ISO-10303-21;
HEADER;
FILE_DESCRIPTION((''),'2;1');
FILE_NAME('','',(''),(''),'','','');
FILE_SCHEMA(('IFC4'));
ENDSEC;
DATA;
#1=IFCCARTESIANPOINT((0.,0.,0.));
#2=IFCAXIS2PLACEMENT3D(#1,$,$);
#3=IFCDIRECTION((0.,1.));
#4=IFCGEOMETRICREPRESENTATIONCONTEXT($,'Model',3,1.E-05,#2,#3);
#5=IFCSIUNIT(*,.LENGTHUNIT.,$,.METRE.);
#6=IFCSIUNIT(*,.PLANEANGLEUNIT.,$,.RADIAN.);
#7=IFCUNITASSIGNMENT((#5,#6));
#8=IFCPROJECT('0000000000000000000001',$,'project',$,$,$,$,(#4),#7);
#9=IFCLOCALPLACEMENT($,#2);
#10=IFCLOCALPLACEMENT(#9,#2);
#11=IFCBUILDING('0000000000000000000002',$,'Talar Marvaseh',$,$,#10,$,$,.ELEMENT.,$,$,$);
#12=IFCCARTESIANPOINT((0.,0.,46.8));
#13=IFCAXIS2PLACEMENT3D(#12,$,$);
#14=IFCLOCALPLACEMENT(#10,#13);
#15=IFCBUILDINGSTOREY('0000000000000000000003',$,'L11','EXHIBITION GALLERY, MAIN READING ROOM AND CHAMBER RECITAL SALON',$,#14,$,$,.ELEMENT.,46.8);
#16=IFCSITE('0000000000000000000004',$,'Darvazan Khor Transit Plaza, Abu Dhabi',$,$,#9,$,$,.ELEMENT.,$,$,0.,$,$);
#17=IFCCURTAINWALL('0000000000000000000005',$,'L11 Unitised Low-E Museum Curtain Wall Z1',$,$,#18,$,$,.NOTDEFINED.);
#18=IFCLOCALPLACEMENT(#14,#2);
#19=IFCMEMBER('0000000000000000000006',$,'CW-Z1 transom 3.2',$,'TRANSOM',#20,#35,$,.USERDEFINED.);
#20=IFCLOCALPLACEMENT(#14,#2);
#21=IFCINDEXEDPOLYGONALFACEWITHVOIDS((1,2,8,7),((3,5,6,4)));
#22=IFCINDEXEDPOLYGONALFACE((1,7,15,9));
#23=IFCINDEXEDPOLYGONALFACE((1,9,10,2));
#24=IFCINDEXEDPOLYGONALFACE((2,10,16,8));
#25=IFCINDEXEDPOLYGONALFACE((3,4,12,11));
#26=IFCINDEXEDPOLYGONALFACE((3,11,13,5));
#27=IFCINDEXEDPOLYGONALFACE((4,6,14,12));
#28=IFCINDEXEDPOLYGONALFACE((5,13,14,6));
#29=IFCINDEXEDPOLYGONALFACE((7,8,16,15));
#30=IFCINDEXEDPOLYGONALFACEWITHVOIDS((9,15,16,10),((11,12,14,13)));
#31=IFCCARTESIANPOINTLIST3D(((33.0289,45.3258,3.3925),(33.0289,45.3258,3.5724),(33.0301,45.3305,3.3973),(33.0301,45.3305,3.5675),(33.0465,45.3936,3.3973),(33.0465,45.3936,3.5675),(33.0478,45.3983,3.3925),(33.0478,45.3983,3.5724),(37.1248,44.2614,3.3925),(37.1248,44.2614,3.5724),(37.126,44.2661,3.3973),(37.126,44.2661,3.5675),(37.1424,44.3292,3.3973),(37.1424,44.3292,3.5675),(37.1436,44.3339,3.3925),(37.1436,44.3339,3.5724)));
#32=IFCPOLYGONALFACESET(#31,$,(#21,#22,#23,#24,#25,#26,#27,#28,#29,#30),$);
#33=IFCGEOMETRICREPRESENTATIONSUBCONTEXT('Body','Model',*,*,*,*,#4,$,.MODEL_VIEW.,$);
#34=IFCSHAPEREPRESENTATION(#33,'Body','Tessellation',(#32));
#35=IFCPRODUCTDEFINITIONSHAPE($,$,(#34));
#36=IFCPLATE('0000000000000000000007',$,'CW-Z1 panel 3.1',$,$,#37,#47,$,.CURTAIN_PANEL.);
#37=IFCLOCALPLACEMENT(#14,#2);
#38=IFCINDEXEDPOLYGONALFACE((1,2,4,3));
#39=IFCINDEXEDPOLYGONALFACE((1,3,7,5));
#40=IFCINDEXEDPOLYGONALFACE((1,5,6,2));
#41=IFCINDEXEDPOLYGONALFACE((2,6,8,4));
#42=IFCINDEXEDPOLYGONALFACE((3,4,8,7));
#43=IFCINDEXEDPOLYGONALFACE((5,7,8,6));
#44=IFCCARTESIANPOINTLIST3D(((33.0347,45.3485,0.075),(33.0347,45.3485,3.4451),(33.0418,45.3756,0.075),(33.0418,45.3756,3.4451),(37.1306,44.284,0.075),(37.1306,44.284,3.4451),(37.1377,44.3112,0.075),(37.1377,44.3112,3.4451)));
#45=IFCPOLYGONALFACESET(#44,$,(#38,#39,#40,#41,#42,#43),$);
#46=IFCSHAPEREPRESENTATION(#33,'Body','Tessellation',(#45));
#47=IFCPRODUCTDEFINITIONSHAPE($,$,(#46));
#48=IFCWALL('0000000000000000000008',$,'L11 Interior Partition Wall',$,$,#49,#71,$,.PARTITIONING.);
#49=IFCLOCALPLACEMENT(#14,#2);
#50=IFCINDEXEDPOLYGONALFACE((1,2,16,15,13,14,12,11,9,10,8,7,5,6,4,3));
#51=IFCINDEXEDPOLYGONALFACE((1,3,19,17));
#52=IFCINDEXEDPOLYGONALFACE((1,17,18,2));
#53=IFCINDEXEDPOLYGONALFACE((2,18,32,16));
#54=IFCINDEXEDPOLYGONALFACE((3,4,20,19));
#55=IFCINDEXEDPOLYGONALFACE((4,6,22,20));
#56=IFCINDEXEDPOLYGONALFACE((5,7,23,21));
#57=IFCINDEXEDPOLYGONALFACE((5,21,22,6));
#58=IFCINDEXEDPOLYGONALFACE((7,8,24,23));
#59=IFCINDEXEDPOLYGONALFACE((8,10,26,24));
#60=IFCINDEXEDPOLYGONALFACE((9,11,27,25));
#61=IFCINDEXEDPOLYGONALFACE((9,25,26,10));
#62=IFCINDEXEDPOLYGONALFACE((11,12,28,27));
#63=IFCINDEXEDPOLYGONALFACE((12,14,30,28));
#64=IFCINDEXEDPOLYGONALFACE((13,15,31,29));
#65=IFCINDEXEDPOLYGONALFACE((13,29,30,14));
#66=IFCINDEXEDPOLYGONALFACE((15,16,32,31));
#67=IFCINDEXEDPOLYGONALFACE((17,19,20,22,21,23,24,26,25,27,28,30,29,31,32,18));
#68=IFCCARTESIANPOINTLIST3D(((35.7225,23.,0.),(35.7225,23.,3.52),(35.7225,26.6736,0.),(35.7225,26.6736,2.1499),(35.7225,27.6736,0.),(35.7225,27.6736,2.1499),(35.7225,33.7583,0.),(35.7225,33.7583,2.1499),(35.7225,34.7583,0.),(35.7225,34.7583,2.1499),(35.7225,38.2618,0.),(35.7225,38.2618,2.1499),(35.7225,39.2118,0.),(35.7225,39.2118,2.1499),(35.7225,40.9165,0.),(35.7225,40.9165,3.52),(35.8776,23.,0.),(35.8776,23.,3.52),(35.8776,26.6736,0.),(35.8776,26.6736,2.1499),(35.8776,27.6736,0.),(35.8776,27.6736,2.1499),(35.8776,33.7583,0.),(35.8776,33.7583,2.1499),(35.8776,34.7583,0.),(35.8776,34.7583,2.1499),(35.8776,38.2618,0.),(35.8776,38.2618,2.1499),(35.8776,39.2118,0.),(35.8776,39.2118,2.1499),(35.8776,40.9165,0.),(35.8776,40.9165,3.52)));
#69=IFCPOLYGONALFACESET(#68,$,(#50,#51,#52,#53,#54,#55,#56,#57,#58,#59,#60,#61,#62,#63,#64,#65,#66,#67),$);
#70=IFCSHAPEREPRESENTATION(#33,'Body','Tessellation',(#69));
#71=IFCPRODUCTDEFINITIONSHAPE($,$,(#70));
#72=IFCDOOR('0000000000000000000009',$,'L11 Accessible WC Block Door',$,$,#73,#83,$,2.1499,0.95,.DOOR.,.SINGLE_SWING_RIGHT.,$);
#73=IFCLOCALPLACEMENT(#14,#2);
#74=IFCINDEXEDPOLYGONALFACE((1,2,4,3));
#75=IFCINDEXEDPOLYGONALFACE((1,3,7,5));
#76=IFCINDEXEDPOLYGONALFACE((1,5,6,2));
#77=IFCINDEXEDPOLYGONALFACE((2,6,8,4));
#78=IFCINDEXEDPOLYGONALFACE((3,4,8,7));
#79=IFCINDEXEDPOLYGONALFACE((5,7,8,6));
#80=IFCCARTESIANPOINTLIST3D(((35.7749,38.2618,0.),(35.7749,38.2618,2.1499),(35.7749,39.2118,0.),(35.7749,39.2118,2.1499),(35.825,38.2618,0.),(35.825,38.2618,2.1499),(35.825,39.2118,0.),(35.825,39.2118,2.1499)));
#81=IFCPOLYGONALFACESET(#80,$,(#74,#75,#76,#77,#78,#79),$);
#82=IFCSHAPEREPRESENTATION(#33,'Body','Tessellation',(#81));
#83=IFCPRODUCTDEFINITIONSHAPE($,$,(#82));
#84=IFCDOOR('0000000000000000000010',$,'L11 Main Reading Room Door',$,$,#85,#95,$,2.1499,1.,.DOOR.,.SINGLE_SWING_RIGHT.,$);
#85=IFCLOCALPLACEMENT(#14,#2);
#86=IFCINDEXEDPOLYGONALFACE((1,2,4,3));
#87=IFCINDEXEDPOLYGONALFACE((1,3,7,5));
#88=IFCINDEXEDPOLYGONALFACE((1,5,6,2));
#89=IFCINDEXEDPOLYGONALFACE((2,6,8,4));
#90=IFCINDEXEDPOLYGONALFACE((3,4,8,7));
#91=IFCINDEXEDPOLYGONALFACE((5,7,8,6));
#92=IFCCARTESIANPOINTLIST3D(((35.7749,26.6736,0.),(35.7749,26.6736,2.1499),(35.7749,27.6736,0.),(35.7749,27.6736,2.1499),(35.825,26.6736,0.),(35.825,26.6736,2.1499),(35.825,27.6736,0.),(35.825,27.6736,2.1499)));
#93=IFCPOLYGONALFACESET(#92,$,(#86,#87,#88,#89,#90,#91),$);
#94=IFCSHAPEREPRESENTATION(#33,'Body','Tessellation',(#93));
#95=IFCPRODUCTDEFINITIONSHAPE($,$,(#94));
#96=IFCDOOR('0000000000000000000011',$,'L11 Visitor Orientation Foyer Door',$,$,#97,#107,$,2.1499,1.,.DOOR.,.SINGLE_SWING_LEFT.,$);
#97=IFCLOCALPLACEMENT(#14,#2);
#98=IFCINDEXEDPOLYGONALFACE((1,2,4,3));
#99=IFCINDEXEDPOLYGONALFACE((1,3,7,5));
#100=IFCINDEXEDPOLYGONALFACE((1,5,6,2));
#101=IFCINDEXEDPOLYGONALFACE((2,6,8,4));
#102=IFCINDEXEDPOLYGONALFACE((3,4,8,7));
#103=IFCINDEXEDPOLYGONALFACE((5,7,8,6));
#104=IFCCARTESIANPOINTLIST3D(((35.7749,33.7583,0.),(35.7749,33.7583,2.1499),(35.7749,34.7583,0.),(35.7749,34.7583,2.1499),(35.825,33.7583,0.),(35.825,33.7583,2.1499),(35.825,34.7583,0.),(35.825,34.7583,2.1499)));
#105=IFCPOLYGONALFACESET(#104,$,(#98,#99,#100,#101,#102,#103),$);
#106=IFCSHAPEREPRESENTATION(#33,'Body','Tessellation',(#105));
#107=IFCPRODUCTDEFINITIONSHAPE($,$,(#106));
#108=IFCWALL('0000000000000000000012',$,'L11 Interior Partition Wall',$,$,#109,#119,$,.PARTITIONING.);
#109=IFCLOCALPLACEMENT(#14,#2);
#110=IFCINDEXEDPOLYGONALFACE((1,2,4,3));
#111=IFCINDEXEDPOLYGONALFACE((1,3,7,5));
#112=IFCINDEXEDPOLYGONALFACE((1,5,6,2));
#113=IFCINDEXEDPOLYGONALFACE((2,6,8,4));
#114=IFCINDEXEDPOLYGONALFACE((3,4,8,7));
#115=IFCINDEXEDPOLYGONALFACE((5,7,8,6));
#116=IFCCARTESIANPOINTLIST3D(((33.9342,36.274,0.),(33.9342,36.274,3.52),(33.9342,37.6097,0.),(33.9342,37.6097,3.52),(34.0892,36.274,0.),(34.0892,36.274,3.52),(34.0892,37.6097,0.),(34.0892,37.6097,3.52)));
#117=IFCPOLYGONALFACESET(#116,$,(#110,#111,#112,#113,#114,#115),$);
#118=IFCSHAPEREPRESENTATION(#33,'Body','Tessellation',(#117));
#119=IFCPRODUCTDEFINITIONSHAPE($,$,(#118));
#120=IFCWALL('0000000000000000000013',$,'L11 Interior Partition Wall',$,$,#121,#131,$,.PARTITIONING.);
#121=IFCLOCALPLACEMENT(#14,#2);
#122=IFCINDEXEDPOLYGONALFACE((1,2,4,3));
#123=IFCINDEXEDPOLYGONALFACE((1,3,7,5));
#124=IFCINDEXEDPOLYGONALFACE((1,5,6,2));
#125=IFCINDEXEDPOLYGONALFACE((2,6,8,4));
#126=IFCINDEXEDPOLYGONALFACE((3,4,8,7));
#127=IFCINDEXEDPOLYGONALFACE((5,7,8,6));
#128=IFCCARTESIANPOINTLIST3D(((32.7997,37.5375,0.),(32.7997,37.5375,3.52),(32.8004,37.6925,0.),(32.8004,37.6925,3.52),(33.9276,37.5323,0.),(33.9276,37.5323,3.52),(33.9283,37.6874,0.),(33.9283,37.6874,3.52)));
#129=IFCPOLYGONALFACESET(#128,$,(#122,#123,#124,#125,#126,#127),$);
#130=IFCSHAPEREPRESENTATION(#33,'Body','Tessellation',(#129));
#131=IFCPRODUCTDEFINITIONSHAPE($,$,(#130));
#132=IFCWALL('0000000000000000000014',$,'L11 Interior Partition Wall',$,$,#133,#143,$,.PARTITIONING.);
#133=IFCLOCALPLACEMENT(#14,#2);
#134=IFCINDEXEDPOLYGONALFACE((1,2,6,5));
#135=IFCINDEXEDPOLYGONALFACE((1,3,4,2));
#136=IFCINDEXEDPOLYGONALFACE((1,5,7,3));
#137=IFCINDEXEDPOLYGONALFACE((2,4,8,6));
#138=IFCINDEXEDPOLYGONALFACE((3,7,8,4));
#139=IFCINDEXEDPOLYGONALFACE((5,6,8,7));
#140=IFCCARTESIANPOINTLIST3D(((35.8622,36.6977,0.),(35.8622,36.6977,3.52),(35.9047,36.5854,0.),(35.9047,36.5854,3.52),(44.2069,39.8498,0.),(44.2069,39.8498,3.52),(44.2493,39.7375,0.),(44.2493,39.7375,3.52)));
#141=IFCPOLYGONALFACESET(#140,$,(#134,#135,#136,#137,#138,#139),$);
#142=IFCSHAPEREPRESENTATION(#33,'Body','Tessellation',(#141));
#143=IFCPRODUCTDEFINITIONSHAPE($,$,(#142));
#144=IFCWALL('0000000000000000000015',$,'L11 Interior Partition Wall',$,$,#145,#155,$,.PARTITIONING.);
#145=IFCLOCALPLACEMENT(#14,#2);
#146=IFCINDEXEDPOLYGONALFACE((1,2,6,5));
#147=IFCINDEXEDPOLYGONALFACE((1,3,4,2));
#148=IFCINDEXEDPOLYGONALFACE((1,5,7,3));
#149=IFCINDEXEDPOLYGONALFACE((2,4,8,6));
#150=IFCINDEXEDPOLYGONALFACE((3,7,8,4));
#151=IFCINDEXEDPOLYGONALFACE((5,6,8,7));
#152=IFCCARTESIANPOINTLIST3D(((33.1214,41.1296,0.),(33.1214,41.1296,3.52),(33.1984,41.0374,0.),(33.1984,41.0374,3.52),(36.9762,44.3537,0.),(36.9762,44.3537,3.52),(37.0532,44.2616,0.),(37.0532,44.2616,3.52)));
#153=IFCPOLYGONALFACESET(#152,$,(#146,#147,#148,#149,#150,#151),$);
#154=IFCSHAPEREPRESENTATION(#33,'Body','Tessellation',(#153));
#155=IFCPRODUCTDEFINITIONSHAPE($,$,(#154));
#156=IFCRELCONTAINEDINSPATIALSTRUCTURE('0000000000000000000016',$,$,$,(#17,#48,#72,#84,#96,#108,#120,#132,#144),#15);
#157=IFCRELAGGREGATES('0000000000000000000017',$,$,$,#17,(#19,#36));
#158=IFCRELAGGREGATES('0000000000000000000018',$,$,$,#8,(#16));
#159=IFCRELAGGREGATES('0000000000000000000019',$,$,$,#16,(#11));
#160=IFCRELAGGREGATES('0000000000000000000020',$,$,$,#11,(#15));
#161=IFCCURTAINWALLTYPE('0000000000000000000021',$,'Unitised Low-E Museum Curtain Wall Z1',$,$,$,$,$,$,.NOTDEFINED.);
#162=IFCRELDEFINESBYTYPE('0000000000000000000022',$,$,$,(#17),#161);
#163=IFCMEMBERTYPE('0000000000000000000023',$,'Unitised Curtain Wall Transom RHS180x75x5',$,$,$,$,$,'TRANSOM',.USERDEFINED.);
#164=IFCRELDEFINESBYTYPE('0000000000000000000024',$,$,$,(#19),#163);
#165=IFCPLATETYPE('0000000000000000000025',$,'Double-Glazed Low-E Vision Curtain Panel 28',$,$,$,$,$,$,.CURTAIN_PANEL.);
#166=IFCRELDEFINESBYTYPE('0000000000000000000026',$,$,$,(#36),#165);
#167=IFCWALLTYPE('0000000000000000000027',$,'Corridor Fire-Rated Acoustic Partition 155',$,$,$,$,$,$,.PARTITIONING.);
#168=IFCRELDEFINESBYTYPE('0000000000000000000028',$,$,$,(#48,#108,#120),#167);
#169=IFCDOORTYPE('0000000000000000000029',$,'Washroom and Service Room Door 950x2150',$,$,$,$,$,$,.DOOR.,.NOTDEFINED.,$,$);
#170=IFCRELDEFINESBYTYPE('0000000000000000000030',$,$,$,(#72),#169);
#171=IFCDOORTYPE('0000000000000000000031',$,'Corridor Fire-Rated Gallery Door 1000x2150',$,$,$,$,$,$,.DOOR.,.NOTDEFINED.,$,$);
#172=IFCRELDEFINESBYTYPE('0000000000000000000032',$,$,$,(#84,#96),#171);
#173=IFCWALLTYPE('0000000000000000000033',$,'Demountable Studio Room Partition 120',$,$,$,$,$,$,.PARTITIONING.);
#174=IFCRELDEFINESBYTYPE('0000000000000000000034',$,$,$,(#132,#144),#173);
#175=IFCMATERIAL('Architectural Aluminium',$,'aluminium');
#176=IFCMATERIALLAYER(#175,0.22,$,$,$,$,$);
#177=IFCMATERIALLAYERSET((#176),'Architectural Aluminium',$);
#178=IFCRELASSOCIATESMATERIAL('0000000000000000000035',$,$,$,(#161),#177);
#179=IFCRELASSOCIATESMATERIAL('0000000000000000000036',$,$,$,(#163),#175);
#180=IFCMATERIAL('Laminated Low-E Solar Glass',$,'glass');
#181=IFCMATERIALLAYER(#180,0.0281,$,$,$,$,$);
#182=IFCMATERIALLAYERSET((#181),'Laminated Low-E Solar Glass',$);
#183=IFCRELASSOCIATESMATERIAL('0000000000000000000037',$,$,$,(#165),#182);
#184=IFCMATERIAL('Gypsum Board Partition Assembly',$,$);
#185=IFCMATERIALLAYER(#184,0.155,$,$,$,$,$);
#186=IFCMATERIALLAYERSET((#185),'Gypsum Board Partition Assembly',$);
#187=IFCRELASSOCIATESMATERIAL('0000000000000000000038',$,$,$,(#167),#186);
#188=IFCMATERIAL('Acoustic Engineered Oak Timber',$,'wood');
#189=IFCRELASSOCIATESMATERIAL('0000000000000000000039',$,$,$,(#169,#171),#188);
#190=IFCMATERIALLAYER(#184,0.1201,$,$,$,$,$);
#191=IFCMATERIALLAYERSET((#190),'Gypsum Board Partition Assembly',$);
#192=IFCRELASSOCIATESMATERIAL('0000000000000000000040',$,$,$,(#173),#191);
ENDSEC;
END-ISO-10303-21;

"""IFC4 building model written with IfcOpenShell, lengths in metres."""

from ifc_helpers import new_model, si_unit, direction, frame, frame_2d, origin, origin_2d, place, context, subcontext, project, spatial, rectangle, hollow_rectangle, extrude, source, transform, mapped, material, layer, layer_set, material_profile, profile_set, type_object, type_shapes, element, fill, aggregate, save


model = new_model("IFC4")

# Units and contexts
model_context = context("Model", 3, precision=1e-05, world=origin(), true_north=direction((0.0, 1.0)))
body_context = subcontext(model_context, "Body", "Model", "MODEL_VIEW")
ifc_project = project(units=[si_unit("LENGTHUNIT", "METRE"), si_unit("PLANEANGLEUNIT", "RADIAN")], contexts=[model_context])

# Site, building, storey
site_placement = place(None, origin())
site = spatial("IfcSite", under=ifc_project, at=site_placement, Name="Darvazan Khor Transit Plaza, Abu Dhabi", CompositionType="ELEMENT", RefElevation=0.0)
building_placement = place(site_placement, origin())
building = spatial("IfcBuilding", under=site, at=building_placement, Name="Talar Marvaseh", CompositionType="ELEMENT")
storey_placement = place(building_placement, frame((0.0, 0.0, 46.8)))
storey = spatial("IfcBuildingStorey", under=building, at=storey_placement, Name="L11", Description="EXHIBITION GALLERY, MAIN READING ROOM AND CHAMBER RECITAL SALON", CompositionType="ELEMENT", Elevation=46.8)

# Curtain wall, member, plate
ifc_material_1 = material(Name="Architectural Aluminium", Category="aluminium")
ifc_layer_1 = layer(ifc_material_1, 0.22)
ifc_layer_set_1 = layer_set([ifc_layer_1], Name="Architectural Aluminium")
curtain_wall_type = type_object("IfcCurtainWallType", Name="Unitised Low-E Museum Curtain Wall Z1", PredefinedType="NOTDEFINED", material=ifc_layer_set_1)
curtain_wall_placement = place(storey_placement, origin())
curtain_wall = element("IfcCurtainWall", 1, at=curtain_wall_placement, inside=storey, type_object=curtain_wall_type, Name="L11 Unitised Low-E Museum Curtain Wall Z1", PredefinedType="NOTDEFINED")
ifc_material_profile_1 = material_profile(ifc_material_1, hollow_rectangle(XDim=0.075, YDim=0.1799, WallThickness=0.0049, at=origin_2d()), Name="RHS180x75x5")
ifc_profile_set_1 = profile_set([ifc_material_profile_1], Name="Architectural Aluminium")
member_type_1 = type_object("IfcMemberType", Name="Unitised Curtain Wall Transom RHS180x75x5", ElementType="TRANSOM", PredefinedType="USERDEFINED", material=ifc_profile_set_1)
shared_shape_1 = source(origin(), body_context, "Body", "SweptSolid", [
    extrude(hollow_rectangle(XDim=0.075, YDim=0.1799, WallThickness=0.0049, at=origin_2d()), origin(), (0.0, 0.0, 1.0), 4.2319),
])
member_1_placement = place(storey_placement, frame((33.0383, 45.3621, 3.4824), z_axis=(0.967851, -0.251525, 0.0), x_axis=(0.251525, 0.967851, 0.0)))
member_1 = element("IfcMember", 2, at=member_1_placement, type_object=member_type_1, Name="CW-Z1 transom 3.2", ObjectType="TRANSOM", PredefinedType="USERDEFINED", context=body_context, shape_type="MappedRepresentation", body=[
    mapped(shared_shape_1, transform((0.0, 0.0, 0.0), x_axis=(1.0, 0.0, 0.0), y_axis=(0.0, 1.0, 0.0), z_axis=(0.0, 0.0, 1.0), scale=1.0)),
])
ifc_material_2 = material(Name="Laminated Low-E Solar Glass", Category="glass")
ifc_layer_2 = layer(ifc_material_2, 0.0281)
ifc_layer_set_2 = layer_set([ifc_layer_2], Name="Laminated Low-E Solar Glass")
plate_type = type_object("IfcPlateType", Name="Double-Glazed Low-E Vision Curtain Panel 28", PredefinedType="CURTAIN_PANEL", material=ifc_layer_set_2)
shared_shape_2 = source(origin(), body_context, "Body", "SweptSolid", [
    extrude(rectangle(XDim=4.2319, YDim=0.0281, at=origin_2d()), origin(), (0.0, 0.0, 1.0), 3.3701),
])
type_shapes(plate_type, [shared_shape_2])
plate_placement = place(storey_placement, frame((35.0862, 44.8298, 0.075), z_axis=(0.0, 0.0, 1.0), x_axis=(0.967851, -0.251525, 0.0)))
plate = element("IfcPlate", 3, at=plate_placement, type_object=plate_type, Name="CW-Z1 panel 3.1", PredefinedType="CURTAIN_PANEL", context=body_context, shape_type="MappedRepresentation", body=[
    mapped(shared_shape_2, transform((0.0, 0.0, 0.0), x_axis=(1.0, 0.0, 0.0), y_axis=(0.0, 1.0, 0.0), z_axis=(0.0, 0.0, 1.0), scale=1.0)),
])
aggregate(curtain_wall, [member_1, plate])

# Wall, openings, doors
ifc_material_3 = material(Name="Gypsum Board Partition Assembly")
ifc_layer_3 = layer(ifc_material_3, 0.155)
ifc_layer_set_3 = layer_set([ifc_layer_3], Name="Gypsum Board Partition Assembly")
wall_type_1 = type_object("IfcWallType", Name="Corridor Fire-Rated Acoustic Partition 155", PredefinedType="PARTITIONING", material=ifc_layer_set_3)
wall_1_placement = place(storey_placement, frame((35.8, 40.9165, 0.0), z_axis=(0.0, 0.0, 1.0), x_axis=(0.0, -1.0, 0.0)))
wall_1 = element("IfcWall", 4, at=wall_1_placement, inside=storey, type_object=wall_type_1, Name="L11 Interior Partition Wall", PredefinedType="PARTITIONING", context=body_context, shape_type="SweptSolid", body=[
    extrude(rectangle(XDim=17.9165, YDim=0.155, at=frame_2d((8.9583, 0.0))), origin(), (0.0, 0.0, 1.0), 3.52),
])
opening_1_placement = place(wall_1_placement, frame((13.2429, 0.0, 0.0)))
opening_1 = element("IfcOpeningElement", 5, at=opening_1_placement, cuts=wall_1, PredefinedType="OPENING", context=body_context, shape_type="SweptSolid", body=[
    extrude(rectangle(XDim=1.0, YDim=2.1499, at=frame_2d((0.5, 1.075))), frame((0.0, 0.0874, 0.0), z_axis=(0.0, -1.0, 0.0), x_axis=(1.0, 0.0, 0.0)), (0.0, 0.0, 1.0), 0.175),
])
opening_2_placement = place(wall_1_placement, frame((6.1582, 0.0, 0.0)))
opening_2 = element("IfcOpeningElement", 6, at=opening_2_placement, cuts=wall_1, PredefinedType="OPENING", context=body_context, shape_type="SweptSolid", body=[
    extrude(rectangle(XDim=1.0, YDim=2.1499, at=frame_2d((0.5, 1.075))), frame((0.0, 0.0874, 0.0), z_axis=(0.0, -1.0, 0.0), x_axis=(1.0, 0.0, 0.0)), (0.0, 0.0, 1.0), 0.175),
])
opening_3_placement = place(wall_1_placement, frame((1.7046, 0.0, 0.0)))
opening_3 = element("IfcOpeningElement", 7, at=opening_3_placement, cuts=wall_1, PredefinedType="OPENING", context=body_context, shape_type="SweptSolid", body=[
    extrude(rectangle(XDim=0.95, YDim=2.1499, at=frame_2d((0.4751, 1.075))), frame((0.0, 0.0874, 0.0), z_axis=(0.0, -1.0, 0.0), x_axis=(1.0, 0.0, 0.0)), (0.0, 0.0, 1.0), 0.175),
])
ifc_material_4 = material(Name="Acoustic Engineered Oak Timber", Category="wood")
door_type_1 = type_object("IfcDoorType", Name="Washroom and Service Room Door 950x2150", OperationType="NOTDEFINED", PredefinedType="DOOR", material=ifc_material_4)
shared_shape_3 = source(origin(), body_context, "Body", "SweptSolid", [
    extrude(rectangle(XDim=0.95, YDim=2.1499, at=frame_2d((0.4751, 1.075))), frame((0.0, 0.0249, 0.0), z_axis=(0.0, -1.0, 0.0), x_axis=(1.0, 0.0, 0.0)), (0.0, 0.0, 1.0), 0.05),
])
type_shapes(door_type_1, [shared_shape_3])
door_1_placement = place(opening_3_placement, origin())
door_1 = element("IfcDoor", 8, at=door_1_placement, inside=storey, type_object=door_type_1, Name="L11 Accessible WC Block Door", OperationType="SINGLE_SWING_RIGHT", OverallHeight=2.1499, OverallWidth=0.95, PredefinedType="DOOR", context=body_context, shape_type="MappedRepresentation", body=[
    mapped(shared_shape_3, transform((0.0, 0.0, 0.0), x_axis=(1.0, 0.0, 0.0), y_axis=(0.0, 1.0, 0.0), z_axis=(0.0, 0.0, 1.0), scale=1.0)),
])
fill(opening_3, door_1)
door_type_2 = type_object("IfcDoorType", Name="Corridor Fire-Rated Gallery Door 1000x2150", OperationType="NOTDEFINED", PredefinedType="DOOR", material=ifc_material_4)
shared_shape_4 = source(origin(), body_context, "Body", "SweptSolid", [
    extrude(rectangle(XDim=1.0, YDim=2.1499, at=frame_2d((0.5, 1.075))), frame((0.0, 0.0249, 0.0), z_axis=(0.0, -1.0, 0.0), x_axis=(1.0, 0.0, 0.0)), (0.0, 0.0, 1.0), 0.05),
])
type_shapes(door_type_2, [shared_shape_4])
door_2_placement = place(opening_1_placement, origin())
door_2 = element("IfcDoor", 9, at=door_2_placement, inside=storey, type_object=door_type_2, Name="L11 Main Reading Room Door", OperationType="SINGLE_SWING_RIGHT", OverallHeight=2.1499, OverallWidth=1.0, PredefinedType="DOOR", context=body_context, shape_type="MappedRepresentation", body=[
    mapped(shared_shape_4, transform((0.0, 0.0, 0.0), x_axis=(1.0, 0.0, 0.0), y_axis=(0.0, 1.0, 0.0), z_axis=(0.0, 0.0, 1.0), scale=1.0)),
])
fill(opening_1, door_2)
door_3_placement = place(opening_2_placement, origin())
door_3 = element("IfcDoor", 10, at=door_3_placement, inside=storey, type_object=door_type_2, Name="L11 Visitor Orientation Foyer Door", OperationType="SINGLE_SWING_LEFT", OverallHeight=2.1499, OverallWidth=1.0, PredefinedType="DOOR", context=body_context, shape_type="MappedRepresentation", body=[
    mapped(shared_shape_4, transform((0.0, 0.0, 0.0), x_axis=(1.0, 0.0, 0.0), y_axis=(0.0, 1.0, 0.0), z_axis=(0.0, 0.0, 1.0), scale=1.0)),
])
fill(opening_2, door_3)

# Walls
wall_2_placement = place(storey_placement, frame((34.0117, 36.2739, 0.0), z_axis=(0.0, 0.0, 1.0), x_axis=(0.0, 1.0, 0.0)))
element("IfcWall", 11, at=wall_2_placement, inside=storey, type_object=wall_type_1, Name="L11 Interior Partition Wall", PredefinedType="PARTITIONING", context=body_context, shape_type="SweptSolid", body=[
    extrude(rectangle(XDim=1.3357, YDim=0.155, at=frame_2d((0.668, 0.0))), origin(), (0.0, 0.0, 1.0), 3.52),
])
wall_3_placement = place(storey_placement, frame((33.928, 37.6099, 0.0), z_axis=(0.0, 0.0, 1.0), x_axis=(-0.99999, 0.004545, 0.0)))
element("IfcWall", 12, at=wall_3_placement, inside=storey, type_object=wall_type_1, Name="L11 Interior Partition Wall", PredefinedType="PARTITIONING", context=body_context, shape_type="SweptSolid", body=[
    extrude(rectangle(XDim=1.1279, YDim=0.155, at=frame_2d((0.564, 0.0))), origin(), (0.0, 0.0, 1.0), 3.52),
])
ifc_layer_4 = layer(ifc_material_3, 0.1201)
ifc_layer_set_4 = layer_set([ifc_layer_4], Name="Gypsum Board Partition Assembly")
wall_type_2 = type_object("IfcWallType", Name="Demountable Studio Room Partition 120", PredefinedType="PARTITIONING", material=ifc_layer_set_4)
wall_4_placement = place(storey_placement, frame((35.8835, 36.6416, 0.0), z_axis=(0.0, 0.0, 1.0), x_axis=(0.935485, 0.353366, 0.0)))
element("IfcWall", 13, at=wall_4_placement, inside=storey, type_object=wall_type_2, Name="L11 Interior Partition Wall", PredefinedType="PARTITIONING", context=body_context, shape_type="SweptSolid", body=[
    extrude(rectangle(XDim=8.9202, YDim=0.1201, at=frame_2d((4.46, 0.0))), origin(), (0.0, 0.0, 1.0), 3.52),
])
wall_5_placement = place(storey_placement, frame((33.1599, 41.0835, 0.0), z_axis=(0.0, 0.0, 1.0), x_axis=(0.767061, 0.641574, 0.0)))
element("IfcWall", 14, at=wall_5_placement, inside=storey, type_object=wall_type_2, Name="L11 Interior Partition Wall", PredefinedType="PARTITIONING", context=body_context, shape_type="SweptSolid", body=[
    extrude(rectangle(XDim=5.0254, YDim=0.1201, at=frame_2d((2.5127, 0.0))), origin(), (0.0, 0.0, 1.0), 3.52),
])

save(model, "model.ifc")
